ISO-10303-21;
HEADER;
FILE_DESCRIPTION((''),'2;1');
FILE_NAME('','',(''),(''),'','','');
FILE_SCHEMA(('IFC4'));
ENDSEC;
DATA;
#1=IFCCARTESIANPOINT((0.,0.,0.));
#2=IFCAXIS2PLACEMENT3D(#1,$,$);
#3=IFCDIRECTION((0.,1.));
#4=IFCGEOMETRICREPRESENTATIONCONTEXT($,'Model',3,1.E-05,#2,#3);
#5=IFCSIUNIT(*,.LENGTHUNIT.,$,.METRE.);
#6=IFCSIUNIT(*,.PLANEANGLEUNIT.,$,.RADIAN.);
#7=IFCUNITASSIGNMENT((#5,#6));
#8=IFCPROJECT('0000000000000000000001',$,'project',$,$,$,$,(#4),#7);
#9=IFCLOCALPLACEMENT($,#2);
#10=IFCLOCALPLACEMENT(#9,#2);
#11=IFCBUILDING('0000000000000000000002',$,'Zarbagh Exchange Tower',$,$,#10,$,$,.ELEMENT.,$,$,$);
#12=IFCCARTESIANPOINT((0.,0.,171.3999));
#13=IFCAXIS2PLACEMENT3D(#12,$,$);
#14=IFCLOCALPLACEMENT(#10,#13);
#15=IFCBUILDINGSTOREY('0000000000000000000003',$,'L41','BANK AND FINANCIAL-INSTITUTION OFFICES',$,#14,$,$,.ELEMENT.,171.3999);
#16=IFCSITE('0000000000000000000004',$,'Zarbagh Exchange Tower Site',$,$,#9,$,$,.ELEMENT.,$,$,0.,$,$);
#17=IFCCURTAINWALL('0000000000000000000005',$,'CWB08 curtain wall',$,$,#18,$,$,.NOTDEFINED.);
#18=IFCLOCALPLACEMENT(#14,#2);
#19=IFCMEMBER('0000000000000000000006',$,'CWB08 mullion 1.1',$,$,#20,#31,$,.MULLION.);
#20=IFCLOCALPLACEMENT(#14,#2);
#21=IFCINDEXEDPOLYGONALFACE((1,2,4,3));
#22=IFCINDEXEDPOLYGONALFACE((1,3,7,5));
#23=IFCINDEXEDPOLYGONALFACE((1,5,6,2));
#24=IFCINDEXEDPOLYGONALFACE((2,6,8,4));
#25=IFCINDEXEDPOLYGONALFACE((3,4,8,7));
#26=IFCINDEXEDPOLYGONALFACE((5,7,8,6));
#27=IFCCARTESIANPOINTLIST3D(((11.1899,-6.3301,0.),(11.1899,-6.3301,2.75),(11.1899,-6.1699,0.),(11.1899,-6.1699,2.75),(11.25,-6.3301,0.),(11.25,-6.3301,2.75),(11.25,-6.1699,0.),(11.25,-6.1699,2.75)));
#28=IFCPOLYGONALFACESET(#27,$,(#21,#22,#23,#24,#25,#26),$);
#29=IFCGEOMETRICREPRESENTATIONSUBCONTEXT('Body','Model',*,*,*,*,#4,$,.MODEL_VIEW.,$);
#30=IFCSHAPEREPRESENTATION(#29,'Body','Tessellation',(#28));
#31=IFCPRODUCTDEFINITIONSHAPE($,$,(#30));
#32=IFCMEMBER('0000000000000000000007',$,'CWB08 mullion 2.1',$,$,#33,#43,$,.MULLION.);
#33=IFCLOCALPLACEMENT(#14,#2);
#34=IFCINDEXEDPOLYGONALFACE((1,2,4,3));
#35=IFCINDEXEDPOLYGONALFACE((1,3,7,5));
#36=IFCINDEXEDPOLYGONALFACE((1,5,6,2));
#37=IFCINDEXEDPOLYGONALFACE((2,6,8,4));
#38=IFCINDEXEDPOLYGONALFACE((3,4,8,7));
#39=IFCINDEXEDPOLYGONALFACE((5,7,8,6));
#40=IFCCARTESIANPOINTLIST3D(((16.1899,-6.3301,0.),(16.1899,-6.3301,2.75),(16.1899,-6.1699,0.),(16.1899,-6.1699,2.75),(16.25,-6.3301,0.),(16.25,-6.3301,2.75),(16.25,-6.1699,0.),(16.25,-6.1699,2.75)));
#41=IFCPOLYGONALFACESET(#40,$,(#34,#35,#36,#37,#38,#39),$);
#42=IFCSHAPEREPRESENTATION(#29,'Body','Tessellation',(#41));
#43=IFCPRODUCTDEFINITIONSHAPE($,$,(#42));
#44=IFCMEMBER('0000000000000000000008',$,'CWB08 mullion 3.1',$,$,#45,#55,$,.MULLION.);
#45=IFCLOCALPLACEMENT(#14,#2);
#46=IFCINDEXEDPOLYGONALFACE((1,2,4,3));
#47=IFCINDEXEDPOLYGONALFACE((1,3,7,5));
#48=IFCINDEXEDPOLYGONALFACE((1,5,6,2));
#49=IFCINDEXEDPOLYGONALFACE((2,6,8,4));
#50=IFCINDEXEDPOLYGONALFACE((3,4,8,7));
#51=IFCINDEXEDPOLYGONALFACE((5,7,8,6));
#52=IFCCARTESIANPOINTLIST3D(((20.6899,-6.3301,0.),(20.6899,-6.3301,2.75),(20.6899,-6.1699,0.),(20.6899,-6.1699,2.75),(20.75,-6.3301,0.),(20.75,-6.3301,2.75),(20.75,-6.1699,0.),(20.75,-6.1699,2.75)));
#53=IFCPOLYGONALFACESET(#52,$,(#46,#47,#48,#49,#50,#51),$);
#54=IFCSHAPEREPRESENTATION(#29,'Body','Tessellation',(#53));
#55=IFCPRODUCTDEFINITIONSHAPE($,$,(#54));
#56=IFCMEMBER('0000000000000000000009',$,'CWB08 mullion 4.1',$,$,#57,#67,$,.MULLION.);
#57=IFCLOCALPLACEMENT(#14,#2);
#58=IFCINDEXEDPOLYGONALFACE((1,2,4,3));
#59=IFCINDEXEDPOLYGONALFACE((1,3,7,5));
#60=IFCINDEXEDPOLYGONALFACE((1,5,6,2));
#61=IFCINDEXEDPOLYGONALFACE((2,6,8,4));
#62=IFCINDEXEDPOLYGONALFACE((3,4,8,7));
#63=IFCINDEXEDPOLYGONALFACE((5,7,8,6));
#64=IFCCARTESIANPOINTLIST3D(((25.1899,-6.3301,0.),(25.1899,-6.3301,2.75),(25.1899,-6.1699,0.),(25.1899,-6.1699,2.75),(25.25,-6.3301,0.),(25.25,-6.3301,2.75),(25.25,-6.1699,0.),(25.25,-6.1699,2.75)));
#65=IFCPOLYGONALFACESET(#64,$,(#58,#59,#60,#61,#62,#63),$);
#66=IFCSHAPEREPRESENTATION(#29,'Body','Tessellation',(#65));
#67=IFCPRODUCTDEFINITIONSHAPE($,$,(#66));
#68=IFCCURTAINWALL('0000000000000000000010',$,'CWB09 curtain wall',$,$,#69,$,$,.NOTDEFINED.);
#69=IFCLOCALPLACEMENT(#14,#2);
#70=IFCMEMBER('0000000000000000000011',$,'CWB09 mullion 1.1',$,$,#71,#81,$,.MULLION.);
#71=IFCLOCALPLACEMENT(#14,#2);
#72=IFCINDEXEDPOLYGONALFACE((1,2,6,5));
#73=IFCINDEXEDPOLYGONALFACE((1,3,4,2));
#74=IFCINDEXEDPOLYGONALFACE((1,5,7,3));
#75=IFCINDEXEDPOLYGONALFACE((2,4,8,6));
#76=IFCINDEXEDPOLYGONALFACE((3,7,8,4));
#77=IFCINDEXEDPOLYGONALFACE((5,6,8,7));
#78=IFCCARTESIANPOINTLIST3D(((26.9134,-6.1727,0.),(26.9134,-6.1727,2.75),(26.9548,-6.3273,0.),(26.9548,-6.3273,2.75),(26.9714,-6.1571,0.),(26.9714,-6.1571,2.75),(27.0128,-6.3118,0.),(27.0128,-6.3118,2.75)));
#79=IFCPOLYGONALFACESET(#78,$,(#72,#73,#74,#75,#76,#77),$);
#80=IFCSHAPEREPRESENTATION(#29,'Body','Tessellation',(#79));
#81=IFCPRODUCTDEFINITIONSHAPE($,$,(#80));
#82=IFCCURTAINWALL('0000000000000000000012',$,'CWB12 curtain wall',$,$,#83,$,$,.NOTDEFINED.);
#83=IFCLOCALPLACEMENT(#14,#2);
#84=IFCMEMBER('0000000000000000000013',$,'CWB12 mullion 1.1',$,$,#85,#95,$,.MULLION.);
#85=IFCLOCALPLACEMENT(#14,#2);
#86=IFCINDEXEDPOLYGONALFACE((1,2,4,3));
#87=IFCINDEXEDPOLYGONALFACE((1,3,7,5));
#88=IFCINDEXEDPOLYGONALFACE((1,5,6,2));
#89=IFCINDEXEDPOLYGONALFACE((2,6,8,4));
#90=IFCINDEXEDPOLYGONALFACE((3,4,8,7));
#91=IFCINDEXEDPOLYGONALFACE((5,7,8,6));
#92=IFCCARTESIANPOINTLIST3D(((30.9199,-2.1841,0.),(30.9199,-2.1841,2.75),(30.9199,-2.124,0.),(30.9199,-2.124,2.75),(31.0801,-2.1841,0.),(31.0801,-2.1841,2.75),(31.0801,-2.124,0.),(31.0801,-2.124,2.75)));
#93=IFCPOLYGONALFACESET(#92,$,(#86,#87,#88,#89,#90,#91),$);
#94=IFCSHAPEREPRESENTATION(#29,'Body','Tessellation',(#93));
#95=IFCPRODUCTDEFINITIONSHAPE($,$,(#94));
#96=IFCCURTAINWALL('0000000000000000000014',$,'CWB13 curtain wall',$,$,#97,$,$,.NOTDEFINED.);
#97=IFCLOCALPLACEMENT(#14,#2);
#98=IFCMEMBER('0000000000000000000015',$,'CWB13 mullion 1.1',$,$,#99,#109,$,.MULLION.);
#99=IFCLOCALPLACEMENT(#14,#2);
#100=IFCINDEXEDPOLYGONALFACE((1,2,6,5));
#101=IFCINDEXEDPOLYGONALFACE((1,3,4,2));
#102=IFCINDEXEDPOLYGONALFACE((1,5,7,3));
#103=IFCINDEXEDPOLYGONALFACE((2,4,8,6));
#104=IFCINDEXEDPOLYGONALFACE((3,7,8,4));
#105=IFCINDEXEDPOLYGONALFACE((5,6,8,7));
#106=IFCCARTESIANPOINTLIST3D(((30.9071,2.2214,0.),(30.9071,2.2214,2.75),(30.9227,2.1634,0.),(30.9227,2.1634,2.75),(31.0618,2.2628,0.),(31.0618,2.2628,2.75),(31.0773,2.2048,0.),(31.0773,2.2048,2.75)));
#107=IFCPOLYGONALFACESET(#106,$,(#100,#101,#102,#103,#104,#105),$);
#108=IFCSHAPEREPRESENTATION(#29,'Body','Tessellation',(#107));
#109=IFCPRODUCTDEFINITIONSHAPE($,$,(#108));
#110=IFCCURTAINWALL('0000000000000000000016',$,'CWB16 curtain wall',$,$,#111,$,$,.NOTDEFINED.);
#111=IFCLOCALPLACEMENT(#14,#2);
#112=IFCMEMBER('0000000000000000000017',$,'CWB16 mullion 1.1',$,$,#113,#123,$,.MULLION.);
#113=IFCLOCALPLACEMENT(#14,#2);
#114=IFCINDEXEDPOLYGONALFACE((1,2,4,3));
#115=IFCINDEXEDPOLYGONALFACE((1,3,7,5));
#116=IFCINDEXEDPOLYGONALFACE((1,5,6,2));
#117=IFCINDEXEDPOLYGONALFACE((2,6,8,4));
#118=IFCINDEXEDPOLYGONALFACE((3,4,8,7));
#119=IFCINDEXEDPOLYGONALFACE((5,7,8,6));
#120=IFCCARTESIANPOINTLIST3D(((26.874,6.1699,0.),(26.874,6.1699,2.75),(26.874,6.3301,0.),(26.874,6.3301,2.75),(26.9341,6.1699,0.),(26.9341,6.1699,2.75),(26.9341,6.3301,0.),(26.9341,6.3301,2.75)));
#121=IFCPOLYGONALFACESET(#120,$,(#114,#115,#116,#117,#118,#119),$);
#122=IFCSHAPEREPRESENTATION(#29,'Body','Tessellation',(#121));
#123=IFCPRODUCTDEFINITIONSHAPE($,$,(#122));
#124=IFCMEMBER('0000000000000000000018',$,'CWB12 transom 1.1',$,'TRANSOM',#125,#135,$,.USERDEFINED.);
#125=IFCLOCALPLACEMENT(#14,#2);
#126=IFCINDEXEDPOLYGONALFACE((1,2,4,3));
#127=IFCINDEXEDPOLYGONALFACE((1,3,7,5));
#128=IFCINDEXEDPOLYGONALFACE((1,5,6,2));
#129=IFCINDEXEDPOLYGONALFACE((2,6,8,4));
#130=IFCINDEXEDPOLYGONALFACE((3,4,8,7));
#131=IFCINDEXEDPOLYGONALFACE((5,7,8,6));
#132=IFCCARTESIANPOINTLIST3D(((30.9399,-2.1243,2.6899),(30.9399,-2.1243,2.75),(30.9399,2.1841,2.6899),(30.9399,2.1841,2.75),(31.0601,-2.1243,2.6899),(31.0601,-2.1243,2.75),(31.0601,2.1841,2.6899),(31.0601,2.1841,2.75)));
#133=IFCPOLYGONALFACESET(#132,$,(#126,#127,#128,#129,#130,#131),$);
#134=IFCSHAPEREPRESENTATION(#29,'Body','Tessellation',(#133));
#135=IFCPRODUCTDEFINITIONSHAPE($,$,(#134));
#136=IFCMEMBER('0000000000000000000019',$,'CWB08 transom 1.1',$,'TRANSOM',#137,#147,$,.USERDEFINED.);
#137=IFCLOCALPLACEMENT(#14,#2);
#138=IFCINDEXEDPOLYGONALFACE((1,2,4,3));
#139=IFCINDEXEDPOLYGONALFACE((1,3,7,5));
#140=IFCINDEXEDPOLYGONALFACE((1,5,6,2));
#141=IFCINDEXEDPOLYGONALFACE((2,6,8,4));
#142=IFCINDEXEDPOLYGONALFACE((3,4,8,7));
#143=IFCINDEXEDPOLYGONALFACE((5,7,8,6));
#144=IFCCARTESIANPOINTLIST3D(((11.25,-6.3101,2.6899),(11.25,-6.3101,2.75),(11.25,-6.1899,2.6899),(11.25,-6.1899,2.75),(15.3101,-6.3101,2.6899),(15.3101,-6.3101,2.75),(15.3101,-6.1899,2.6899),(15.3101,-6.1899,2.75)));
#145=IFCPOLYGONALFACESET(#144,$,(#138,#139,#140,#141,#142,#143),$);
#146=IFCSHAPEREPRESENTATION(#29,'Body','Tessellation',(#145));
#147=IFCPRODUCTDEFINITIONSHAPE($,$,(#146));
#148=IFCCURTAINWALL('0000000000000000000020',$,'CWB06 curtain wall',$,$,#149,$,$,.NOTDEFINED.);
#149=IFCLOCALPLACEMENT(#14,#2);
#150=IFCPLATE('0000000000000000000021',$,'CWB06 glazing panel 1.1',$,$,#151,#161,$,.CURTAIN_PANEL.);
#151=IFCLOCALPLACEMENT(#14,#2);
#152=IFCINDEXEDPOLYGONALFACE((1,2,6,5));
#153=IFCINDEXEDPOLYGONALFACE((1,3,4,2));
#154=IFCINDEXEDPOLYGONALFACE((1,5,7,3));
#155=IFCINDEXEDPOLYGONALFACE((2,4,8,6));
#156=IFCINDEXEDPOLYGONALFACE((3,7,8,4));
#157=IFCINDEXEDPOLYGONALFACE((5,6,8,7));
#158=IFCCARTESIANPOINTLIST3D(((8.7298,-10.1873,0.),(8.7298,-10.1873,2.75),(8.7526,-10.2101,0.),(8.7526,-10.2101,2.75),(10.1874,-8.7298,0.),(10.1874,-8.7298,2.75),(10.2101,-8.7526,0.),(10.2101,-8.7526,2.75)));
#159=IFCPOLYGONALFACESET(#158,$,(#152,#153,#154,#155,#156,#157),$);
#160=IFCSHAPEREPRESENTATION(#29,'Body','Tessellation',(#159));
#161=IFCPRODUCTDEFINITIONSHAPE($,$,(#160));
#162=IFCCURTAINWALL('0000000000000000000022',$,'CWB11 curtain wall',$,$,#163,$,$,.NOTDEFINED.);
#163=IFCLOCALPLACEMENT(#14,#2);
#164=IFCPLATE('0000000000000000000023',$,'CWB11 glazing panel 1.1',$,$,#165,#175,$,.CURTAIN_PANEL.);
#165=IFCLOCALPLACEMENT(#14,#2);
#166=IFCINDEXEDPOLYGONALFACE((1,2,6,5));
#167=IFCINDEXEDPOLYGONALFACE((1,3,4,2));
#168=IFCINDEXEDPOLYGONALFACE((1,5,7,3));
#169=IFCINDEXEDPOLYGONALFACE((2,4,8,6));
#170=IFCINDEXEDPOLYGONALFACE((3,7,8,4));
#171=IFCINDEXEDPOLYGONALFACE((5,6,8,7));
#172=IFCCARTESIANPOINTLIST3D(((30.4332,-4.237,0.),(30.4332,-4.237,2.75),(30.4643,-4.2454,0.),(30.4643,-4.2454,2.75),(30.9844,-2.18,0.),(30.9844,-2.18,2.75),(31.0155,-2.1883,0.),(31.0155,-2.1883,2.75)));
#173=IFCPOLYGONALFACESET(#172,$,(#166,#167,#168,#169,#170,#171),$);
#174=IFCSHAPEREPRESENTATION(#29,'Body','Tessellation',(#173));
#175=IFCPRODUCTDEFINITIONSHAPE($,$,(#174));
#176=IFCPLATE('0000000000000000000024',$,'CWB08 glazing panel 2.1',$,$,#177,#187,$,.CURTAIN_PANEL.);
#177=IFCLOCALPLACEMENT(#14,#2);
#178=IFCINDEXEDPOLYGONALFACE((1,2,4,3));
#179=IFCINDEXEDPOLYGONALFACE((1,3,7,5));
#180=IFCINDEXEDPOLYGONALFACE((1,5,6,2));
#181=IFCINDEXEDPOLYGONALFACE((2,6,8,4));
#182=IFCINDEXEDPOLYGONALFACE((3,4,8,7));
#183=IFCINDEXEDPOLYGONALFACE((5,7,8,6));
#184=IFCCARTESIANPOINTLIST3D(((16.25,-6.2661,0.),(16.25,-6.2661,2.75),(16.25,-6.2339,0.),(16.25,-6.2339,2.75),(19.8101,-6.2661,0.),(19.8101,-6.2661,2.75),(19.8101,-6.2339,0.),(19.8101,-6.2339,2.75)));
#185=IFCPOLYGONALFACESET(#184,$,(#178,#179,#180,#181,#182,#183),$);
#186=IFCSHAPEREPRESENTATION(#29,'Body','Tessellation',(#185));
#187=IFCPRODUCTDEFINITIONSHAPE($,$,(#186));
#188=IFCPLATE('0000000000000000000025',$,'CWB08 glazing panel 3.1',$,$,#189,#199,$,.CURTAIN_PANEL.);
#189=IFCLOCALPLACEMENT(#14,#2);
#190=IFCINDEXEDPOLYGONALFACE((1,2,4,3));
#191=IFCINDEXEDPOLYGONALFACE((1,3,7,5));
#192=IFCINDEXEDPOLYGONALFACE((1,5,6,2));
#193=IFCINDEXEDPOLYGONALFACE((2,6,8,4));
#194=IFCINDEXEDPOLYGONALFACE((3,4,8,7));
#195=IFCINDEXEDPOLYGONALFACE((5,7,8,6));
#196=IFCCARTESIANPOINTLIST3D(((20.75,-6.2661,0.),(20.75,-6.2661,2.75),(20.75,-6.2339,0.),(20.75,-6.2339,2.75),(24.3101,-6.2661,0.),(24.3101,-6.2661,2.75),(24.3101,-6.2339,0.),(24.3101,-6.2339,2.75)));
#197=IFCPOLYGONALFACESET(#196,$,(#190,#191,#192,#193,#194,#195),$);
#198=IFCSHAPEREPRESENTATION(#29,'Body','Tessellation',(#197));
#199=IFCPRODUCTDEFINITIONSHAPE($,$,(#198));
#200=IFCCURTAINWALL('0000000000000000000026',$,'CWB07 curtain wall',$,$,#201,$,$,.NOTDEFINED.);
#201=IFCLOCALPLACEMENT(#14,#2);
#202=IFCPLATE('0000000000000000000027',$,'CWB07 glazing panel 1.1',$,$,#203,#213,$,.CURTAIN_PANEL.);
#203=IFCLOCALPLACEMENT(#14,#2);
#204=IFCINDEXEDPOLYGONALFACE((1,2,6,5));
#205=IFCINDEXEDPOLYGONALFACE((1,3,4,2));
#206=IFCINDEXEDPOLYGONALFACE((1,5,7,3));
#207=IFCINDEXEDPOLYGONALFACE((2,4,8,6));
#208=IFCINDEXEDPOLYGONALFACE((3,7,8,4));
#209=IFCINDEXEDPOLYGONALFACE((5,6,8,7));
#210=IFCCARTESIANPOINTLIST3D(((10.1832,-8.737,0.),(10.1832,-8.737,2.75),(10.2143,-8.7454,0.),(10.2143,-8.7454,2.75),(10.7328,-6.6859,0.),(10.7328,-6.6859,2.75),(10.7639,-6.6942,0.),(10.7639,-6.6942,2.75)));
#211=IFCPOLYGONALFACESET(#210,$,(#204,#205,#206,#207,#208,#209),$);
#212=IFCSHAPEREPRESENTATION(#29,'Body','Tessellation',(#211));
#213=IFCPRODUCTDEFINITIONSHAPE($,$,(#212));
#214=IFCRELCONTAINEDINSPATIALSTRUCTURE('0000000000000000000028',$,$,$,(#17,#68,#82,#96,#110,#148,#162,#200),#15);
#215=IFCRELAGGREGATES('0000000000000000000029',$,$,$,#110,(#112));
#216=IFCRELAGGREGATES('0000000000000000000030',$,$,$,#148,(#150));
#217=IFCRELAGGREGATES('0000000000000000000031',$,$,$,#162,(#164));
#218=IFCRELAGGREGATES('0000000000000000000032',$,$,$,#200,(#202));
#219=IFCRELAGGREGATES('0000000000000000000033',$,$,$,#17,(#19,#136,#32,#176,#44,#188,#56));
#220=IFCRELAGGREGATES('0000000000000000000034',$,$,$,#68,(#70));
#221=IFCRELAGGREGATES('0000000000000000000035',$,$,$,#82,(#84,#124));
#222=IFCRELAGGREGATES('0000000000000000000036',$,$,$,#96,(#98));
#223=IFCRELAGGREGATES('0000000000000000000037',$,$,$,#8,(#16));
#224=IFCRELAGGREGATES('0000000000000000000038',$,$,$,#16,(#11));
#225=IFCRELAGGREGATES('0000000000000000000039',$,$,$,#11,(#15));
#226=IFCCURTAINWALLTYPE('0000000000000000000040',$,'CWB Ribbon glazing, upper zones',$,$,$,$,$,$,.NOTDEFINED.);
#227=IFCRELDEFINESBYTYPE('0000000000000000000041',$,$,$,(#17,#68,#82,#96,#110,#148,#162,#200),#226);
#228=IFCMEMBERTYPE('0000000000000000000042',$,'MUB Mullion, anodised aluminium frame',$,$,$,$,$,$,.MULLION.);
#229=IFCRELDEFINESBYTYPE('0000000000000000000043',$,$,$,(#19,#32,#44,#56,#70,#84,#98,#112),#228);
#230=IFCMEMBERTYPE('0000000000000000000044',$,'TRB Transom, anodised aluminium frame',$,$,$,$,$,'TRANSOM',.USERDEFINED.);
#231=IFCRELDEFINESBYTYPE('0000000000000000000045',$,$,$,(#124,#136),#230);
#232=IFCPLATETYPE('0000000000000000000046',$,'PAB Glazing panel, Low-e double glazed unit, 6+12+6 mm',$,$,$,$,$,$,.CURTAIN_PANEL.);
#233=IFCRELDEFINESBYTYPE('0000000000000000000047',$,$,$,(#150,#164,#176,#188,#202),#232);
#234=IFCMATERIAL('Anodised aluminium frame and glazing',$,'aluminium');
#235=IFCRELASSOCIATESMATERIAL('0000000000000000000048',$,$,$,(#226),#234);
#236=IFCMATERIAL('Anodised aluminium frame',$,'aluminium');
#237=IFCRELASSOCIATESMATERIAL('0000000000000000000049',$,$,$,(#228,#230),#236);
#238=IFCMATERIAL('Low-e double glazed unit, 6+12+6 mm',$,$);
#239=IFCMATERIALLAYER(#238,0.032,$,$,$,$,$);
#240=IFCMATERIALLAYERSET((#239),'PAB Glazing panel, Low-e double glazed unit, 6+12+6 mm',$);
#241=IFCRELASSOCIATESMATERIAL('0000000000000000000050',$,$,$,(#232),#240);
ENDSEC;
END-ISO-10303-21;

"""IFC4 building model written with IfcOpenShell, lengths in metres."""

from ifc_helpers import new_model, si_unit, direction, frame, origin, place, context, subcontext, project, spatial, polyline, outline, extrude, source, transform, mapped, material, layer, layer_set, type_object, element, aggregate, save


model = new_model("IFC4")

# Units and contexts
model_context = context("Model", 3, precision=1e-05, world=origin(), true_north=direction((0.0, 1.0)))
body_context = subcontext(model_context, "Body", "Model", "MODEL_VIEW")
ifc_project = project(units=[si_unit("LENGTHUNIT", "METRE"), si_unit("PLANEANGLEUNIT", "RADIAN")], contexts=[model_context])

# Site, building, storey
site_placement = place(None, origin())
site = spatial("IfcSite", under=ifc_project, at=site_placement, Name="Zarbagh Exchange Tower Site", CompositionType="ELEMENT", RefElevation=0.0)
building_placement = place(site_placement, origin())
building = spatial("IfcBuilding", under=site, at=building_placement, Name="Zarbagh Exchange Tower", CompositionType="ELEMENT")
storey_placement = place(building_placement, frame((0.0, 0.0, 171.3999)))
storey = spatial("IfcBuildingStorey", under=building, at=storey_placement, Name="L41", Description="BANK AND FINANCIAL-INSTITUTION OFFICES", CompositionType="ELEMENT", Elevation=171.3999)

# Curtain wall, members
ifc_material_1 = material(Name="Anodised aluminium frame and glazing", Category="aluminium")
curtain_wall_type = type_object("IfcCurtainWallType", Name="CWB Ribbon glazing, upper zones", PredefinedType="NOTDEFINED", material=ifc_material_1)
curtain_wall_1_placement = place(storey_placement, origin())
curtain_wall_1 = element("IfcCurtainWall", 1, at=curtain_wall_1_placement, inside=storey, type_object=curtain_wall_type, Name="CWB08 curtain wall", PredefinedType="NOTDEFINED")
ifc_material_2 = material(Name="Anodised aluminium frame", Category="aluminium")
member_type_1 = type_object("IfcMemberType", Name="MUB Mullion, anodised aluminium frame", PredefinedType="MULLION", material=ifc_material_2)
shared_shape_1 = source(origin(), body_context, "Body", "SweptSolid", [
    extrude(outline(polyline([(0.0, -0.0801), (0.0601, -0.0801), (0.0601, 0.0801), (0.0, 0.0801), (0.0, -0.0801)])), origin(), (0.0, 0.0, 1.0), 2.75),
])
placement = place(storey_placement, origin())
member_1 = element("IfcMember", 2, at=placement, type_object=member_type_1, Name="CWB08 mullion 1.1", PredefinedType="MULLION", context=body_context, shape_type="MappedRepresentation", body=[
    mapped(shared_shape_1, transform((11.1899, -6.25, 0.0), x_axis=(1.0, 0.0, 0.0), y_axis=(0.0, 1.0, 0.0), z_axis=(0.0, 0.0, 1.0))),
])
member_2 = element("IfcMember", 3, at=placement, type_object=member_type_1, Name="CWB08 mullion 2.1", PredefinedType="MULLION", context=body_context, shape_type="MappedRepresentation", body=[
    mapped(shared_shape_1, transform((16.1899, -6.25, 0.0), x_axis=(1.0, 0.0, 0.0), y_axis=(0.0, 1.0, 0.0), z_axis=(0.0, 0.0, 1.0))),
])
member_3 = element("IfcMember", 4, at=placement, type_object=member_type_1, Name="CWB08 mullion 3.1", PredefinedType="MULLION", context=body_context, shape_type="MappedRepresentation", body=[
    mapped(shared_shape_1, transform((20.6899, -6.25, 0.0), x_axis=(1.0, 0.0, 0.0), y_axis=(0.0, 1.0, 0.0), z_axis=(0.0, 0.0, 1.0))),
])
member_4 = element("IfcMember", 5, at=placement, type_object=member_type_1, Name="CWB08 mullion 4.1", PredefinedType="MULLION", context=body_context, shape_type="MappedRepresentation", body=[
    mapped(shared_shape_1, transform((25.1899, -6.25, 0.0), x_axis=(1.0, 0.0, 0.0), y_axis=(0.0, 1.0, 0.0), z_axis=(0.0, 0.0, 1.0))),
])

# Curtain walls, members
curtain_wall_2_placement = place(storey_placement, origin())
curtain_wall_2 = element("IfcCurtainWall", 6, at=curtain_wall_2_placement, inside=storey, type_object=curtain_wall_type, Name="CWB09 curtain wall", PredefinedType="NOTDEFINED")
member_5 = element("IfcMember", 7, at=placement, type_object=member_type_1, Name="CWB09 mullion 1.1", PredefinedType="MULLION", context=body_context, shape_type="MappedRepresentation", body=[
    mapped(shared_shape_1, transform((26.9341, -6.25, 0.0), x_axis=(0.965924, 0.258825, 0.0), y_axis=(-0.258825, 0.965924, 0.0), z_axis=(0.0, 0.0, 1.0))),
])
curtain_wall_3_placement = place(storey_placement, origin())
curtain_wall_3 = element("IfcCurtainWall", 8, at=curtain_wall_3_placement, inside=storey, type_object=curtain_wall_type, Name="CWB12 curtain wall", PredefinedType="NOTDEFINED")
member_6 = element("IfcMember", 9, at=placement, type_object=member_type_1, Name="CWB12 mullion 1.1", PredefinedType="MULLION", context=body_context, shape_type="MappedRepresentation", body=[
    mapped(shared_shape_1, transform((31.0, -2.1841, 0.0), x_axis=(0.0, 1.0, 0.0), y_axis=(-1.0, 0.0, 0.0), z_axis=(0.0, 0.0, 1.0))),
])
curtain_wall_4_placement = place(storey_placement, origin())
curtain_wall_4 = element("IfcCurtainWall", 10, at=curtain_wall_4_placement, inside=storey, type_object=curtain_wall_type, Name="CWB13 curtain wall", PredefinedType="NOTDEFINED")
member_7 = element("IfcMember", 11, at=placement, type_object=member_type_1, Name="CWB13 mullion 1.1", PredefinedType="MULLION", context=body_context, shape_type="MappedRepresentation", body=[
    mapped(shared_shape_1, transform((31.0, 2.1841, 0.0), x_axis=(-0.258825, 0.965924, 0.0), y_axis=(-0.965924, -0.258825, 0.0), z_axis=(0.0, 0.0, 1.0))),
])
curtain_wall_5_placement = place(storey_placement, origin())
curtain_wall_5 = element("IfcCurtainWall", 12, at=curtain_wall_5_placement, inside=storey, type_object=curtain_wall_type, Name="CWB16 curtain wall", PredefinedType="NOTDEFINED")
member_8 = element("IfcMember", 13, at=placement, type_object=member_type_1, Name="CWB16 mullion 1.1", PredefinedType="MULLION", context=body_context, shape_type="MappedRepresentation", body=[
    mapped(shared_shape_1, transform((26.9341, 6.25, 0.0), x_axis=(-1.0, 0.0, 0.0), y_axis=(0.0, -1.0, 0.0), z_axis=(0.0, 0.0, 1.0))),
])
aggregate(curtain_wall_5, [member_8])

# Members
member_type_2 = type_object("IfcMemberType", Name="TRB Transom, anodised aluminium frame", ElementType="TRANSOM", PredefinedType="USERDEFINED", material=ifc_material_2)
shared_shape_2 = source(origin(), body_context, "Body", "SweptSolid", [
    extrude(outline(polyline([(-0.0601, -0.0601), (0.0, -0.0601), (0.0, 0.0601), (-0.0601, 0.0601), (-0.0601, -0.0601)])), origin(), (0.0, 0.0, 1.0), 4.3083),
])
member_9 = element("IfcMember", 14, at=placement, type_object=member_type_2, Name="CWB12 transom 1.1", ObjectType="TRANSOM", PredefinedType="USERDEFINED", context=body_context, shape_type="MappedRepresentation", body=[
    mapped(shared_shape_2, transform((31.0, -2.1243, 2.75), x_axis=(0.0, 0.0, 1.0), y_axis=(1.0, 0.0, 0.0), z_axis=(0.0, 1.0, 0.0))),
])
shared_shape_3 = source(origin(), body_context, "Body", "SweptSolid", [
    extrude(outline(polyline([(-0.0601, -0.0601), (0.0, -0.0601), (0.0, 0.0601), (-0.0601, 0.0601), (-0.0601, -0.0601)])), origin(), (0.0, 0.0, 1.0), 4.0601),
])
member_10 = element("IfcMember", 15, at=placement, type_object=member_type_2, Name="CWB08 transom 1.1", ObjectType="TRANSOM", PredefinedType="USERDEFINED", context=body_context, shape_type="MappedRepresentation", body=[
    mapped(shared_shape_3, transform((11.25, -6.25, 2.75), x_axis=(0.0, 0.0, 1.0), y_axis=(0.0, -1.0, 0.0), z_axis=(1.0, 0.0, 0.0))),
])

# Curtain walls, plates
curtain_wall_6_placement = place(storey_placement, origin())
curtain_wall_6 = element("IfcCurtainWall", 16, at=curtain_wall_6_placement, inside=storey, type_object=curtain_wall_type, Name="CWB06 curtain wall", PredefinedType="NOTDEFINED")
ifc_material_3 = material(Name="Low-e double glazed unit, 6+12+6 mm")
ifc_layer = layer(ifc_material_3, 0.032)
ifc_layer_set = layer_set([ifc_layer], Name="PAB Glazing panel, Low-e double glazed unit, 6+12+6 mm")
plate_type = type_object("IfcPlateType", Name="PAB Glazing panel, Low-e double glazed unit, 6+12+6 mm", PredefinedType="CURTAIN_PANEL", material=ifc_layer_set)
shared_shape_4 = source(origin(), body_context, "Body", "SweptSolid", [
    extrude(outline(polyline([(0.0, -0.0161), (2.0613, -0.0161), (2.0613, 0.0161), (0.0, 0.0161), (0.0, -0.0161)])), origin(), (0.0, 0.0, 1.0), 2.75),
])
plate_1 = element("IfcPlate", 17, at=placement, type_object=plate_type, Name="CWB06 glazing panel 1.1", PredefinedType="CURTAIN_PANEL", context=body_context, shape_type="MappedRepresentation", body=[
    mapped(shared_shape_4, transform((8.7412, -10.1987, 0.0), x_axis=(0.707107, 0.707107, 0.0), y_axis=(-0.707107, 0.707107, 0.0), z_axis=(0.0, 0.0, 1.0))),
])
aggregate(curtain_wall_6, [plate_1])
curtain_wall_7_placement = place(storey_placement, origin())
curtain_wall_7 = element("IfcCurtainWall", 18, at=curtain_wall_7_placement, inside=storey, type_object=curtain_wall_type, Name="CWB11 curtain wall", PredefinedType="NOTDEFINED")
shared_shape_5 = source(origin(), body_context, "Body", "SweptSolid", [
    extrude(outline(polyline([(0.0, -0.0161), (2.1296, -0.0161), (2.1296, 0.0161), (0.0, 0.0161), (0.0, -0.0161)])), origin(), (0.0, 0.0, 1.0), 2.75),
])
plate_2 = element("IfcPlate", 19, at=placement, type_object=plate_type, Name="CWB11 glazing panel 1.1", PredefinedType="CURTAIN_PANEL", context=body_context, shape_type="MappedRepresentation", body=[
    mapped(shared_shape_5, transform((30.4487, -4.2412, 0.0), x_axis=(0.258825, 0.965924, 0.0), y_axis=(-0.965924, 0.258825, 0.0), z_axis=(0.0, 0.0, 1.0))),
])
aggregate(curtain_wall_7, [plate_2])

# Plates
shared_shape_6 = source(origin(), body_context, "Body", "SweptSolid", [
    extrude(outline(polyline([(0.0, -0.0161), (3.5601, -0.0161), (3.5601, 0.0161), (0.0, 0.0161), (0.0, -0.0161)])), origin(), (0.0, 0.0, 1.0), 2.75),
])
plate_3 = element("IfcPlate", 20, at=placement, type_object=plate_type, Name="CWB08 glazing panel 2.1", PredefinedType="CURTAIN_PANEL", context=body_context, shape_type="MappedRepresentation", body=[
    mapped(shared_shape_6, transform((16.25, -6.25, 0.0), x_axis=(1.0, 0.0, 0.0), y_axis=(0.0, 1.0, 0.0), z_axis=(0.0, 0.0, 1.0))),
])
plate_4 = element("IfcPlate", 21, at=placement, type_object=plate_type, Name="CWB08 glazing panel 3.1", PredefinedType="CURTAIN_PANEL", context=body_context, shape_type="MappedRepresentation", body=[
    mapped(shared_shape_6, transform((20.75, -6.25, 0.0), x_axis=(1.0, 0.0, 0.0), y_axis=(0.0, 1.0, 0.0), z_axis=(0.0, 0.0, 1.0))),
])

# Curtain wall, plate
curtain_wall_8_placement = place(storey_placement, origin())
curtain_wall_8 = element("IfcCurtainWall", 22, at=curtain_wall_8_placement, inside=storey, type_object=curtain_wall_type, Name="CWB07 curtain wall", PredefinedType="NOTDEFINED")
shared_shape_7 = source(origin(), body_context, "Body", "SweptSolid", [
    extrude(outline(polyline([(0.0, -0.0161), (2.1235, -0.0161), (2.1235, 0.0161), (0.0, 0.0161), (0.0, -0.0161)])), origin(), (0.0, 0.0, 1.0), 2.75),
])
plate_5 = element("IfcPlate", 23, at=placement, type_object=plate_type, Name="CWB07 glazing panel 1.1", PredefinedType="CURTAIN_PANEL", context=body_context, shape_type="MappedRepresentation", body=[
    mapped(shared_shape_7, transform((10.1987, -8.7412, 0.0), x_axis=(0.258825, 0.965924, 0.0), y_axis=(-0.965924, 0.258825, 0.0), z_axis=(0.0, 0.0, 1.0))),
])
aggregate(curtain_wall_8, [plate_5])

aggregate(curtain_wall_1, [member_1, member_10, member_2, plate_3, member_3, plate_4, member_4])
aggregate(curtain_wall_2, [member_5])

aggregate(curtain_wall_3, [member_6, member_9])
aggregate(curtain_wall_4, [member_7])

save(model, "model.ifc")
